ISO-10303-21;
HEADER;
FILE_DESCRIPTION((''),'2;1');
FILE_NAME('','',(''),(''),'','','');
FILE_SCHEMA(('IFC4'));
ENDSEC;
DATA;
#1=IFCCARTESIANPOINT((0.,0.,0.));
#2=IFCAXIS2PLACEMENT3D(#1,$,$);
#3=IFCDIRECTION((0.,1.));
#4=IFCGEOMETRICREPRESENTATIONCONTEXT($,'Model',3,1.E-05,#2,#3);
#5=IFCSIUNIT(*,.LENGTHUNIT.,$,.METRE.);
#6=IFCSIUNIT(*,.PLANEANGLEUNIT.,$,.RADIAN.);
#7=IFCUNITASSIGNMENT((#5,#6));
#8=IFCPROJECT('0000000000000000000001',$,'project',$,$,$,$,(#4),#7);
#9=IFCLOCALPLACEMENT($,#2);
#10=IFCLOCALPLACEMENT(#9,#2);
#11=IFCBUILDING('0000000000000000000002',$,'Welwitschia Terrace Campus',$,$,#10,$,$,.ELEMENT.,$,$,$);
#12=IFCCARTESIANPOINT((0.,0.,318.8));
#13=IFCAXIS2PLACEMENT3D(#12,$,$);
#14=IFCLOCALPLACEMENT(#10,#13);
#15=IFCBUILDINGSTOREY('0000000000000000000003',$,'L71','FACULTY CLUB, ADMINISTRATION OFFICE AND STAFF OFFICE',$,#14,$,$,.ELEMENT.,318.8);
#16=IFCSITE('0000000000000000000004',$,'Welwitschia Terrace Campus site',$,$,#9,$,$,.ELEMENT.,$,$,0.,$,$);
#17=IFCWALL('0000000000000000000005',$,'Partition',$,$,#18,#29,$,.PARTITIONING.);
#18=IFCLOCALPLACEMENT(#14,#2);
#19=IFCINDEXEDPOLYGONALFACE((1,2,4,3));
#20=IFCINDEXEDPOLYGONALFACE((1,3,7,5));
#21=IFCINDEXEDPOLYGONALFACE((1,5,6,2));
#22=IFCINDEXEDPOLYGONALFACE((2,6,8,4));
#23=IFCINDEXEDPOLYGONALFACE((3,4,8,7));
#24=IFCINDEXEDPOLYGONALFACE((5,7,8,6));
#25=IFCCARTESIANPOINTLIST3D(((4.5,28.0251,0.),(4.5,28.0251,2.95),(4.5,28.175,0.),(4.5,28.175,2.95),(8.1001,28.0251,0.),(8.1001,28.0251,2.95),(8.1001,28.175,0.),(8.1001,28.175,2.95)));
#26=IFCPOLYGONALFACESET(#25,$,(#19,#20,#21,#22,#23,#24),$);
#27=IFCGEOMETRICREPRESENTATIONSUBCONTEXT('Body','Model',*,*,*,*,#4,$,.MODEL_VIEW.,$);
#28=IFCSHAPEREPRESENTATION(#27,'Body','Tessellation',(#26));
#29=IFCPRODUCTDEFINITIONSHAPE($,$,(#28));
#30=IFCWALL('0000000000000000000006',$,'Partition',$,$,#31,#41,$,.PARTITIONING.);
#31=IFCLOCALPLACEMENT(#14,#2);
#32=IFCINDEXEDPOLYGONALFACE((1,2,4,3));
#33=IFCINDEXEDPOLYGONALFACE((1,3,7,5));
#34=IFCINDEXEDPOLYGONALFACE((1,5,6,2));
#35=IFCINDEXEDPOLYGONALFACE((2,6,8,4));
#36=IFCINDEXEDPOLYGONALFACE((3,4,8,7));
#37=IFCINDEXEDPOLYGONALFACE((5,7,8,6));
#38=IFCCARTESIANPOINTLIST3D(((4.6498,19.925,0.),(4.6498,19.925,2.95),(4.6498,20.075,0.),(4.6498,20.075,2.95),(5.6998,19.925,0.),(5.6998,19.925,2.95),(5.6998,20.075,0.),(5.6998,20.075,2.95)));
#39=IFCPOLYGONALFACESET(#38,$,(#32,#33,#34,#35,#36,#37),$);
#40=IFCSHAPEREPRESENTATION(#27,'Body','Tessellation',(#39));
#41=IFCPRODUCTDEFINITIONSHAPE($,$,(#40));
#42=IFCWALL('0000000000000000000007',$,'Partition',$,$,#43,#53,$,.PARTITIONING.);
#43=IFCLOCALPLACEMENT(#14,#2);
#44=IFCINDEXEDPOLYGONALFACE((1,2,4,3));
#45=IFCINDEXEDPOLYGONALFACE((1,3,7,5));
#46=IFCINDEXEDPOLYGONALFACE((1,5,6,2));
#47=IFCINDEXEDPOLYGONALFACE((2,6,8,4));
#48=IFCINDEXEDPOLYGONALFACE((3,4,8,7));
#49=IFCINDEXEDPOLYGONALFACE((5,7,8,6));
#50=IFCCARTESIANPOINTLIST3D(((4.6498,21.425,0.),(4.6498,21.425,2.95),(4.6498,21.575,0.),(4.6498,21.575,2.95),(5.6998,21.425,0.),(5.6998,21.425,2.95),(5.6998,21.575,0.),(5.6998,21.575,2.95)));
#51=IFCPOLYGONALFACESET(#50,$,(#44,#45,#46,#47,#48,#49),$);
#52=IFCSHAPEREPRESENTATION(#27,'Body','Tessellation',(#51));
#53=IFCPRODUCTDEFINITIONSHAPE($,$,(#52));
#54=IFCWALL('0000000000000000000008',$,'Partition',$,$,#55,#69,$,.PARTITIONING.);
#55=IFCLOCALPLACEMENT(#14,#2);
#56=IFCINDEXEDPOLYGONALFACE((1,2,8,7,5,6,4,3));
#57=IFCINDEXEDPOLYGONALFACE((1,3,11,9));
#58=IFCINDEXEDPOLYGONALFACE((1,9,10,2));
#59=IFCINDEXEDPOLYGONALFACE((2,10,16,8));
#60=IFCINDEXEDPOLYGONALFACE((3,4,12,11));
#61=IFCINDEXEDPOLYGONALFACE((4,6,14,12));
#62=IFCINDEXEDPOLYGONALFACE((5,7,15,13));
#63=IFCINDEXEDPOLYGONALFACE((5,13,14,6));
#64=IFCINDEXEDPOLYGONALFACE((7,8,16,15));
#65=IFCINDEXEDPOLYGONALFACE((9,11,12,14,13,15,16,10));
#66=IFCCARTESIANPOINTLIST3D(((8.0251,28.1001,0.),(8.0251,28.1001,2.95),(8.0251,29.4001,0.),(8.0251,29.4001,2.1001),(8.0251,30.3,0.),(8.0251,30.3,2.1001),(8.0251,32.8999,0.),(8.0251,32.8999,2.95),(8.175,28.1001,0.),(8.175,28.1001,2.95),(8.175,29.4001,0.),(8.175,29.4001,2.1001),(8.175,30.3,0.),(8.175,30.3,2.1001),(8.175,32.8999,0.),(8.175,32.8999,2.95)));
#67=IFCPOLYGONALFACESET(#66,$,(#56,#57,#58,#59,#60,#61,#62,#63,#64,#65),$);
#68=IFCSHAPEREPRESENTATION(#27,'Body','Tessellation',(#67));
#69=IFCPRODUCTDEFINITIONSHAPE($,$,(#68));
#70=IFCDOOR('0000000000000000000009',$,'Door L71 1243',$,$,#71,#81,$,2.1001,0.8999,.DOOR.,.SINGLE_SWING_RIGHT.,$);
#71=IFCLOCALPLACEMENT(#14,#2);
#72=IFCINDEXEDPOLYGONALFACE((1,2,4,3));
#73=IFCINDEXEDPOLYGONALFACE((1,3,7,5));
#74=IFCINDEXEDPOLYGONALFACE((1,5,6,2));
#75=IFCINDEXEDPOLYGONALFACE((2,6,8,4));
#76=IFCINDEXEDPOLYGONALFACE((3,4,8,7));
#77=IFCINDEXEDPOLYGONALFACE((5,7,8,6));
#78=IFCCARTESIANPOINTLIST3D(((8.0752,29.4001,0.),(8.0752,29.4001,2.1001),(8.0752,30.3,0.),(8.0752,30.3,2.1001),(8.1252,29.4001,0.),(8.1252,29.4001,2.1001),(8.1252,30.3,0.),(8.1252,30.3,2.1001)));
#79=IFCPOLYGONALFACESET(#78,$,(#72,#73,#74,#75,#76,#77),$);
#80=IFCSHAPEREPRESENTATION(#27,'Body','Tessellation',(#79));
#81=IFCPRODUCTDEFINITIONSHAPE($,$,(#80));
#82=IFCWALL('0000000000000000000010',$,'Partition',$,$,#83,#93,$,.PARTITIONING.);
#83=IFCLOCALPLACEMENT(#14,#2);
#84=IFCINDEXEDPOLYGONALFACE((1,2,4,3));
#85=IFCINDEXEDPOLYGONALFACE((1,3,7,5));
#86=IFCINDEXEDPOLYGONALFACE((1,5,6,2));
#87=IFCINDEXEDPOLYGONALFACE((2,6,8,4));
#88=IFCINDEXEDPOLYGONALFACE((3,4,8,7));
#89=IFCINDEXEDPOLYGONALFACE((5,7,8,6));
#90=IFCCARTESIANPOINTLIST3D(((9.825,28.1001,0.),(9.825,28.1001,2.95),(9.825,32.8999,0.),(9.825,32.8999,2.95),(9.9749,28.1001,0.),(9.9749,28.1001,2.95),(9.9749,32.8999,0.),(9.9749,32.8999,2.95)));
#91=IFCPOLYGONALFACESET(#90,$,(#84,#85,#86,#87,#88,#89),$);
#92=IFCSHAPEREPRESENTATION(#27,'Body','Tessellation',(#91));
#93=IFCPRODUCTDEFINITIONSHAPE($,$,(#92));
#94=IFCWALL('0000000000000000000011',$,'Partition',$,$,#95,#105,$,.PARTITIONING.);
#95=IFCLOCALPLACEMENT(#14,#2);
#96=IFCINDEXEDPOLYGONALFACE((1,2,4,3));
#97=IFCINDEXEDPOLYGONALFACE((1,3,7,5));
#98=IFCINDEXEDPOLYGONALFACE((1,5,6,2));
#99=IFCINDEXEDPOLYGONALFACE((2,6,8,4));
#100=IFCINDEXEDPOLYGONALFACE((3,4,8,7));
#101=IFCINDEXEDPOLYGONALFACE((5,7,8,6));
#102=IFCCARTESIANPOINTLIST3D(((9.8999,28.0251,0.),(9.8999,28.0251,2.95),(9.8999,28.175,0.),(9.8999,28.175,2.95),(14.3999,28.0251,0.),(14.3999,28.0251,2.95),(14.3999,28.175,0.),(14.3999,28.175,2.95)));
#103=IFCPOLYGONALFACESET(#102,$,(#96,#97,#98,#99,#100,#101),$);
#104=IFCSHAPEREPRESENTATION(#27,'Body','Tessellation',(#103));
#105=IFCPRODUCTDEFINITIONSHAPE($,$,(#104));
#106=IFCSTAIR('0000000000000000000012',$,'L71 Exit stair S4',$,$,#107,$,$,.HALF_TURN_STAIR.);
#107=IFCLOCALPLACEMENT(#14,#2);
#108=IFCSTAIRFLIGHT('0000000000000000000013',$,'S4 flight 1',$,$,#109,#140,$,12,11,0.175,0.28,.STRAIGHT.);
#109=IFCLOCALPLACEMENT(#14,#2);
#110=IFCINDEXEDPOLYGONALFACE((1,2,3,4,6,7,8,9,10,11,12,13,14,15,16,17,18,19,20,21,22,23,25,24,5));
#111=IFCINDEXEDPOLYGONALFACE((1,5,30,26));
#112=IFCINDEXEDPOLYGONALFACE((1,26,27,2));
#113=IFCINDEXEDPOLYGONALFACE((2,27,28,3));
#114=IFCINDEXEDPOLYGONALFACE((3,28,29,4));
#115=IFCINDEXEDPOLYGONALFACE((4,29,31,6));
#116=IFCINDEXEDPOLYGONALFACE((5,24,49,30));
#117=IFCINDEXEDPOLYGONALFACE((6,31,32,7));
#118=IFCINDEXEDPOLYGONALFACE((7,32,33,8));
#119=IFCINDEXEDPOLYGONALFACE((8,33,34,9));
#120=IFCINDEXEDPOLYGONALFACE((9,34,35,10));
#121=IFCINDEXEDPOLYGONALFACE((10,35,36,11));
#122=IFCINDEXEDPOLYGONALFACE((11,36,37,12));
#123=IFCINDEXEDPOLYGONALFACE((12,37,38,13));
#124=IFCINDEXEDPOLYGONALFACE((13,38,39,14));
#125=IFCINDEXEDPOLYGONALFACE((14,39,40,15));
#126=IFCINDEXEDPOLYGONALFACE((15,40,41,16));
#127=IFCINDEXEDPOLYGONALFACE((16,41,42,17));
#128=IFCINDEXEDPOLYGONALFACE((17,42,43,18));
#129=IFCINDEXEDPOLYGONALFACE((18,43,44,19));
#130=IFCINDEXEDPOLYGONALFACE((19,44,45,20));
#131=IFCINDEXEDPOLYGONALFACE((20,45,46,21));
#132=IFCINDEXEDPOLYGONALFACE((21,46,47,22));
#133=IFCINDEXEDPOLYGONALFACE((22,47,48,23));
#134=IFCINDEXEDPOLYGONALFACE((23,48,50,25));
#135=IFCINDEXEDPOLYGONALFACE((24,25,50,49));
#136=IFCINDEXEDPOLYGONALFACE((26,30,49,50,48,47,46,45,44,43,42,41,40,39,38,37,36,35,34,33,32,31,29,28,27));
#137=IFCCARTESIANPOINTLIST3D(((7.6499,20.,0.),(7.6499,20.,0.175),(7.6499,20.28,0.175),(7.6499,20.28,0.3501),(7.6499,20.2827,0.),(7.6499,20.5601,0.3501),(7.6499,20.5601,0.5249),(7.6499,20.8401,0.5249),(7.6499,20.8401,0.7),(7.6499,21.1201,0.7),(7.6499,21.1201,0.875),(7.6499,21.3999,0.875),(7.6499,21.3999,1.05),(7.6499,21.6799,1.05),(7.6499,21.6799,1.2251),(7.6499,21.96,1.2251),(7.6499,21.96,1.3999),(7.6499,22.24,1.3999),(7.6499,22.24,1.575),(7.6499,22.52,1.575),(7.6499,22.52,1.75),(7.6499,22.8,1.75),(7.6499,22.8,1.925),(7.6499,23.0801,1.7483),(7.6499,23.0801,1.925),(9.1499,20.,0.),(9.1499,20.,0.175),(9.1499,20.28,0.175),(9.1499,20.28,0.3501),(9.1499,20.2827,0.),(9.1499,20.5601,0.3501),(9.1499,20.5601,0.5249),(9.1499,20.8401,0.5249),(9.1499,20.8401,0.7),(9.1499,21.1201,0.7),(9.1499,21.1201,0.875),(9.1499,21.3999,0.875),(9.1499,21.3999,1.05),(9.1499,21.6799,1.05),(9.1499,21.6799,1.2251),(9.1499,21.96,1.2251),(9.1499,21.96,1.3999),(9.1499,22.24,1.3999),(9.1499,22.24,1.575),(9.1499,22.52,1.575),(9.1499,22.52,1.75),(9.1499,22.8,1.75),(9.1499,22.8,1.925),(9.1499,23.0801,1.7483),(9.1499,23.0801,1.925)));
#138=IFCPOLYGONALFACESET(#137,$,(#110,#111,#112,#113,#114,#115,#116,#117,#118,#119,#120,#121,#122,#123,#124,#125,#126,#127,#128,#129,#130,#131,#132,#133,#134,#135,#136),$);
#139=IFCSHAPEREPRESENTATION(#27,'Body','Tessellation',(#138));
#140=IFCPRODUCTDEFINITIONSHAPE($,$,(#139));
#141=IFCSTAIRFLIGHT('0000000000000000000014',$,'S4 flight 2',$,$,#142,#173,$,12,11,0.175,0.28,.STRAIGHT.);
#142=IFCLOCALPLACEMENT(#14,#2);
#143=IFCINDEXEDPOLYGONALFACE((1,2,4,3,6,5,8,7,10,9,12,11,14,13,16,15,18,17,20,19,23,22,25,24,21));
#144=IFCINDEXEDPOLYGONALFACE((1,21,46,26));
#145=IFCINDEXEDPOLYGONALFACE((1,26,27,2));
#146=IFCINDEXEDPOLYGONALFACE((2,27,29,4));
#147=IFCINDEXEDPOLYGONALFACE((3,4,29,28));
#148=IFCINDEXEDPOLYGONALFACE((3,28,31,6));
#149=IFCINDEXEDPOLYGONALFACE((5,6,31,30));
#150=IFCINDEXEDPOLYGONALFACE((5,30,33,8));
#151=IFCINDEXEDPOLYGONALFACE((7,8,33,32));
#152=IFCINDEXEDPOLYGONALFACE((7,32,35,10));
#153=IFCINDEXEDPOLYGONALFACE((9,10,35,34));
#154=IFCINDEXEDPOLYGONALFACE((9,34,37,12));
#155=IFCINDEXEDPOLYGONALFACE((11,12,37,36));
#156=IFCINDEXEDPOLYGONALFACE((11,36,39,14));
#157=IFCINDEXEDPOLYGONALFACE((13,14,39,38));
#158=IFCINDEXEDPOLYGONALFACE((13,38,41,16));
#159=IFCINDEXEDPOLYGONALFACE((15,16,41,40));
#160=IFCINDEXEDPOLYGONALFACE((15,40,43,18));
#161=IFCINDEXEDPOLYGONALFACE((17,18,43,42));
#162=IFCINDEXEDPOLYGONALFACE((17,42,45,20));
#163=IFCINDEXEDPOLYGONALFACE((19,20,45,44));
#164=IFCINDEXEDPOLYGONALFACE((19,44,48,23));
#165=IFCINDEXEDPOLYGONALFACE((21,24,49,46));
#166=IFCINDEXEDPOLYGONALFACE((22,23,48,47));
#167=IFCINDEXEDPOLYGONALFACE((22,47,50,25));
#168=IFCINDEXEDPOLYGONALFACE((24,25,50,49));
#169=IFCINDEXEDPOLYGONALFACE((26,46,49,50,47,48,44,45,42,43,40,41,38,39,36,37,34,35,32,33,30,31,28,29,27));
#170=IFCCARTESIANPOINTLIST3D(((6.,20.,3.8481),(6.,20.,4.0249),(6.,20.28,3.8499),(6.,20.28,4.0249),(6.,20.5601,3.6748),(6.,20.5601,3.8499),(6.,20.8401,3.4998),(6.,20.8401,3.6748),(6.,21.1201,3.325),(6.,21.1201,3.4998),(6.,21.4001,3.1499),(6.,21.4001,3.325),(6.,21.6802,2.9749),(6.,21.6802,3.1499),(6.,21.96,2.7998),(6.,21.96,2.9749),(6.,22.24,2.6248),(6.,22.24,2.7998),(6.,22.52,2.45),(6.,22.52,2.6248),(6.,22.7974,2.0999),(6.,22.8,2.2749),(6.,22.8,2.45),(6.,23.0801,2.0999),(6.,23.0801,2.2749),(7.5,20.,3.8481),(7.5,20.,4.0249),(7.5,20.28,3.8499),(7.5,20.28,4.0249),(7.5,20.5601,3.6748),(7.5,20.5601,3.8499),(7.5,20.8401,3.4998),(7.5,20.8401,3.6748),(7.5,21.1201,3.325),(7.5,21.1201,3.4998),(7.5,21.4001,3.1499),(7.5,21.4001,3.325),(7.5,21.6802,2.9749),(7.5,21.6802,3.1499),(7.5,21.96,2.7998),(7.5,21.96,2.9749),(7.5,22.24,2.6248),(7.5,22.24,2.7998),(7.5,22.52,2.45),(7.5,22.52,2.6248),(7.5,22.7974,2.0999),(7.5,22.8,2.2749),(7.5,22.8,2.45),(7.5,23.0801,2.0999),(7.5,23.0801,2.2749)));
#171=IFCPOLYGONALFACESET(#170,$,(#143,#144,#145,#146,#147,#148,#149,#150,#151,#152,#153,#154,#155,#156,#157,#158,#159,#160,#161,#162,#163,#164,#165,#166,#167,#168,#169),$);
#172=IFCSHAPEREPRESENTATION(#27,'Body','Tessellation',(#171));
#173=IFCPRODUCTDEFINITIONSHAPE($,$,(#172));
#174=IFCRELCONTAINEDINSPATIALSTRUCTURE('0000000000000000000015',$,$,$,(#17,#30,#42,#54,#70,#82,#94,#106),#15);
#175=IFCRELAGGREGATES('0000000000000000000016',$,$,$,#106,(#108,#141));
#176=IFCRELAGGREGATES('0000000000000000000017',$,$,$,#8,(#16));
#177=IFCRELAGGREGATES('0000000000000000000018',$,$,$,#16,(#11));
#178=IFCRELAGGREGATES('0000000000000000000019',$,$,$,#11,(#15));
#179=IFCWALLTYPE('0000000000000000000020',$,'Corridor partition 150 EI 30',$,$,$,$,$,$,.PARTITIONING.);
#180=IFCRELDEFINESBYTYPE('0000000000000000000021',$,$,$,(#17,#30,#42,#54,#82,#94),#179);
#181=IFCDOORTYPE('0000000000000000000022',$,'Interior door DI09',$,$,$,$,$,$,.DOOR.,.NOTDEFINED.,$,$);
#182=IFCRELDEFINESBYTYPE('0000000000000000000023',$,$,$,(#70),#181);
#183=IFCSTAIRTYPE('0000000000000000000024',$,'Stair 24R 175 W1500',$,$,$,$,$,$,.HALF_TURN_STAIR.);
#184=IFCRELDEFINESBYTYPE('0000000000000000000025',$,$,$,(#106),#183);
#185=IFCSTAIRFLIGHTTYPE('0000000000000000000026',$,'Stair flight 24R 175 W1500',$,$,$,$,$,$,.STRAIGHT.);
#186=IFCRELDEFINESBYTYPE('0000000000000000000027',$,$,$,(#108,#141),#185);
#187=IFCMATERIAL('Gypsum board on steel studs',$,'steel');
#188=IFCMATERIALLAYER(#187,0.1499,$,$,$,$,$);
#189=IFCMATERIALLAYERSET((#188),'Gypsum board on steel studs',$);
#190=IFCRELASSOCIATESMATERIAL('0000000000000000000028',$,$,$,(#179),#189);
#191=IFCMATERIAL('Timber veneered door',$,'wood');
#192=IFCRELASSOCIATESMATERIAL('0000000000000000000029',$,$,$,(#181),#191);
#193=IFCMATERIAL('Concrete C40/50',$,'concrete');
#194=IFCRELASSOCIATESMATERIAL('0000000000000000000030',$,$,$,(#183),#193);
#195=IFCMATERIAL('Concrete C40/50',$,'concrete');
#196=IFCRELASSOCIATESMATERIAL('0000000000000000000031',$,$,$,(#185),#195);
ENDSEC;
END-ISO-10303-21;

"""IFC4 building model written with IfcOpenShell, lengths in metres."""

from ifc_helpers import new_model, si_unit, direction, frame, frame_2d, origin, place, context, subcontext, project, spatial, polyline, rectangle, outline, extrude, material, layer, layer_set, type_object, element, fill, aggregate, save


model = new_model("IFC4")

# Units and contexts
model_context = context("Model", 3, precision=1e-05, world=origin(), true_north=direction((0.0, 1.0)))
body_context = subcontext(model_context, "Body", "Model", "MODEL_VIEW")
ifc_project = project(units=[si_unit("LENGTHUNIT", "METRE"), si_unit("PLANEANGLEUNIT", "RADIAN")], contexts=[model_context])

# Site, building, storey
site_placement = place(None, origin())
site = spatial("IfcSite", under=ifc_project, at=site_placement, Name="Welwitschia Terrace Campus site", CompositionType="ELEMENT", RefElevation=0.0)
building_placement = place(site_placement, origin())
building = spatial("IfcBuilding", under=site, at=building_placement, Name="Welwitschia Terrace Campus", CompositionType="ELEMENT")
storey_placement = place(building_placement, frame((0.0, 0.0, 318.8)))
storey = spatial("IfcBuildingStorey", under=building, at=storey_placement, Name="L71", Description="FACULTY CLUB, ADMINISTRATION OFFICE AND STAFF OFFICE", CompositionType="ELEMENT", Elevation=318.8)

# Walls
ifc_material_1 = material(Name="Gypsum board on steel studs", Category="steel")
ifc_layer_1 = layer(ifc_material_1, 0.1499)
ifc_layer_set_1 = layer_set([ifc_layer_1], Name="Gypsum board on steel studs")
wall_type_1 = type_object("IfcWallType", Name="Corridor partition 150 EI 30", PredefinedType="PARTITIONING", material=ifc_layer_set_1)
wall_1_placement = place(storey_placement, frame((4.5, 28.1001, 0.0), z_axis=(0.0, 0.0, 1.0), x_axis=(1.0, 0.0, 0.0)))
element("IfcWall", 1, at=wall_1_placement, inside=storey, type_object=wall_type_1, Name="Partition", PredefinedType="PARTITIONING", context=body_context, shape_type="SweptSolid", body=[
    extrude(rectangle(XDim=3.6001, YDim=0.1499, at=frame_2d((1.8, 0.0))), origin(), (0.0, 0.0, 1.0), 2.95),
])
for number, where, z_axis, x_axis, name in (
    (2, (4.6499, 20.0, 0.0), (0.0, 0.0, 1.0), (1.0, 0.0, 0.0), "Partition"),
    (3, (4.6499, 21.5, 0.0), (0.0, 0.0, 1.0), (1.0, 0.0, 0.0), "Partition"),
):
    element("IfcWall", number, at=place(storey_placement, frame(where, z_axis=z_axis, x_axis=x_axis)), inside=storey, type_object=wall_type_1, Name=name, PredefinedType="PARTITIONING", context=body_context, shape_type="SweptSolid", body=[
        extrude(rectangle(XDim=1.05, YDim=0.1499, at=frame_2d((0.5249, 0.0))), origin(), (0.0, 0.0, 1.0), 2.95),
    ])

# Wall, opening, door
wall_2_placement = place(storey_placement, frame((8.1001, 28.1001, 0.0), z_axis=(0.0, 0.0, 1.0), x_axis=(0.0, 1.0, 0.0)))
wall_2 = element("IfcWall", 4, at=wall_2_placement, inside=storey, type_object=wall_type_1, Name="Partition", PredefinedType="PARTITIONING", context=body_context, shape_type="SweptSolid", body=[
    extrude(rectangle(XDim=4.7998, YDim=0.1499, at=frame_2d((2.3999, 0.0))), origin(), (0.0, 0.0, 1.0), 2.95),
])
opening_placement = place(wall_2_placement, frame((1.3, 0.0, 0.0)))
opening = element("IfcOpeningElement", 5, at=opening_placement, cuts=wall_2, PredefinedType="OPENING", context=body_context, shape_type="SweptSolid", body=[
    extrude(rectangle(XDim=0.8999, YDim=2.1001, at=frame_2d((0.45, 1.05))), frame((0.0, 0.085, 0.0), z_axis=(0.0, -1.0, 0.0), x_axis=(1.0, 0.0, 0.0)), (0.0, 0.0, 1.0), 0.1699),
])
ifc_material_2 = material(Name="Timber veneered door", Category="wood")
door_type = type_object("IfcDoorType", Name="Interior door DI09", OperationType="NOTDEFINED", PredefinedType="DOOR", material=ifc_material_2)
door_placement = place(opening_placement, origin())
door = element("IfcDoor", 6, at=door_placement, inside=storey, type_object=door_type, Name="Door L71 1243", OperationType="SINGLE_SWING_RIGHT", OverallHeight=2.1001, OverallWidth=0.8999, PredefinedType="DOOR", context=body_context, shape_type="SweptSolid", body=[
    extrude(rectangle(XDim=0.8999, YDim=2.1001, at=frame_2d((0.45, 1.05))), frame((0.0, 0.0249, 0.0), z_axis=(0.0, -1.0, 0.0), x_axis=(1.0, 0.0, 0.0)), (0.0, 0.0, 1.0), 0.05),
])
fill(opening, door)

# Walls
wall_3_placement = place(storey_placement, frame((9.8999, 28.1001, 0.0), z_axis=(0.0, 0.0, 1.0), x_axis=(0.0, 1.0, 0.0)))
element("IfcWall", 7, at=wall_3_placement, inside=storey, type_object=wall_type_1, Name="Partition", PredefinedType="PARTITIONING", context=body_context, shape_type="SweptSolid", body=[
    extrude(rectangle(XDim=4.7998, YDim=0.1499, at=frame_2d((2.3999, 0.0))), origin(), (0.0, 0.0, 1.0), 2.95),
])
wall_4_placement = place(storey_placement, frame((9.8999, 28.1001, 0.0), z_axis=(0.0, 0.0, 1.0), x_axis=(1.0, 0.0, 0.0)))
element("IfcWall", 8, at=wall_4_placement, inside=storey, type_object=wall_type_1, Name="Partition", PredefinedType="PARTITIONING", context=body_context, shape_type="SweptSolid", body=[
    extrude(rectangle(XDim=4.5, YDim=0.1499, at=frame_2d((2.25, 0.0))), origin(), (0.0, 0.0, 1.0), 2.95),
])

# Stair, stair flights
ifc_material_3 = material(Name="Concrete C40/50", Category="concrete")
stair_type = type_object("IfcStairType", Name="Stair 24R 175 W1500", PredefinedType="HALF_TURN_STAIR", material=ifc_material_3)
stair_placement = place(storey_placement, origin())
stair = element("IfcStair", 9, at=stair_placement, inside=storey, type_object=stair_type, Name="L71 Exit stair S4", PredefinedType="HALF_TURN_STAIR")
ifc_material_4 = material(Name="Concrete C40/50", Category="concrete")
stair_flight_type = type_object("IfcStairFlightType", Name="Stair flight 24R 175 W1500", PredefinedType="STRAIGHT", material=ifc_material_4)
stair_flight_1_placement = place(storey_placement, frame((8.3999, 20.0, 0.0), z_axis=(0.0, 0.0, 1.0), x_axis=(0.0, 1.0, 0.0)))
stair_flight_1 = element("IfcStairFlight", 10, at=stair_flight_1_placement, type_object=stair_flight_type, Name="S4 flight 1", NumberOfRisers=12, NumberOfTreads=11, PredefinedType="STRAIGHT", RiserHeight=0.175, TreadLength=0.28, context=body_context, shape_type="SweptSolid", body=[
    extrude(outline(polyline([(0.0, 0.0), (0.0, 0.175), (0.28, 0.175), (0.28, 0.3501), (0.5601, 0.3501), (0.5601, 0.5249), (0.8401, 0.5249), (0.8401, 0.7), (1.1201, 0.7), (1.1201, 0.875), (1.3999, 0.875), (1.3999, 1.05), (1.6799, 1.05), (1.6799, 1.2251), (1.96, 1.2251), (1.96, 1.3999), (2.24, 1.3999), (2.24, 1.575), (2.52, 1.575), (2.52, 1.75), (2.8, 1.75), (2.8, 1.925), (3.0801, 1.925), (3.0801, 2.1001), (3.0801, 1.7483), (0.2827, 0.0), (0.0, 0.0)])), frame((0.0, 0.75, 0.0), z_axis=(0.0, -1.0, 0.0), x_axis=(1.0, 0.0, 0.0)), (0.0, 0.0, 1.0), 1.5),
])
stair_flight_2_placement = place(storey_placement, frame((6.75, 23.0801, 2.0999), z_axis=(0.0, 0.0, 1.0), x_axis=(0.0, -1.0, 0.0)))
stair_flight_2 = element("IfcStairFlight", 11, at=stair_flight_2_placement, type_object=stair_flight_type, Name="S4 flight 2", NumberOfRisers=12, NumberOfTreads=11, PredefinedType="STRAIGHT", RiserHeight=0.175, TreadLength=0.28, context=body_context, shape_type="SweptSolid", body=[
    extrude(outline(polyline([(0.0, 0.0), (0.0, 0.175), (0.28, 0.175), (0.28, 0.3501), (0.5601, 0.3501), (0.5601, 0.5249), (0.8401, 0.5249), (0.8401, 0.7), (1.1201, 0.7), (1.1201, 0.875), (1.3999, 0.875), (1.3999, 1.05), (1.6799, 1.05), (1.6799, 1.2251), (1.96, 1.2251), (1.96, 1.3999), (2.24, 1.3999), (2.24, 1.575), (2.52, 1.575), (2.52, 1.75), (2.8, 1.75), (2.8, 1.925), (3.0801, 1.925), (3.0801, 2.1001), (3.0801, 1.7483), (0.2827, 0.0), (0.0, 0.0)])), frame((0.0, 0.75, 0.0), z_axis=(0.0, -1.0, 0.0), x_axis=(1.0, 0.0, 0.0)), (0.0, 0.0, 1.0), 1.5),
])
aggregate(stair, [stair_flight_1, stair_flight_2])

save(model, "model.ifc")
